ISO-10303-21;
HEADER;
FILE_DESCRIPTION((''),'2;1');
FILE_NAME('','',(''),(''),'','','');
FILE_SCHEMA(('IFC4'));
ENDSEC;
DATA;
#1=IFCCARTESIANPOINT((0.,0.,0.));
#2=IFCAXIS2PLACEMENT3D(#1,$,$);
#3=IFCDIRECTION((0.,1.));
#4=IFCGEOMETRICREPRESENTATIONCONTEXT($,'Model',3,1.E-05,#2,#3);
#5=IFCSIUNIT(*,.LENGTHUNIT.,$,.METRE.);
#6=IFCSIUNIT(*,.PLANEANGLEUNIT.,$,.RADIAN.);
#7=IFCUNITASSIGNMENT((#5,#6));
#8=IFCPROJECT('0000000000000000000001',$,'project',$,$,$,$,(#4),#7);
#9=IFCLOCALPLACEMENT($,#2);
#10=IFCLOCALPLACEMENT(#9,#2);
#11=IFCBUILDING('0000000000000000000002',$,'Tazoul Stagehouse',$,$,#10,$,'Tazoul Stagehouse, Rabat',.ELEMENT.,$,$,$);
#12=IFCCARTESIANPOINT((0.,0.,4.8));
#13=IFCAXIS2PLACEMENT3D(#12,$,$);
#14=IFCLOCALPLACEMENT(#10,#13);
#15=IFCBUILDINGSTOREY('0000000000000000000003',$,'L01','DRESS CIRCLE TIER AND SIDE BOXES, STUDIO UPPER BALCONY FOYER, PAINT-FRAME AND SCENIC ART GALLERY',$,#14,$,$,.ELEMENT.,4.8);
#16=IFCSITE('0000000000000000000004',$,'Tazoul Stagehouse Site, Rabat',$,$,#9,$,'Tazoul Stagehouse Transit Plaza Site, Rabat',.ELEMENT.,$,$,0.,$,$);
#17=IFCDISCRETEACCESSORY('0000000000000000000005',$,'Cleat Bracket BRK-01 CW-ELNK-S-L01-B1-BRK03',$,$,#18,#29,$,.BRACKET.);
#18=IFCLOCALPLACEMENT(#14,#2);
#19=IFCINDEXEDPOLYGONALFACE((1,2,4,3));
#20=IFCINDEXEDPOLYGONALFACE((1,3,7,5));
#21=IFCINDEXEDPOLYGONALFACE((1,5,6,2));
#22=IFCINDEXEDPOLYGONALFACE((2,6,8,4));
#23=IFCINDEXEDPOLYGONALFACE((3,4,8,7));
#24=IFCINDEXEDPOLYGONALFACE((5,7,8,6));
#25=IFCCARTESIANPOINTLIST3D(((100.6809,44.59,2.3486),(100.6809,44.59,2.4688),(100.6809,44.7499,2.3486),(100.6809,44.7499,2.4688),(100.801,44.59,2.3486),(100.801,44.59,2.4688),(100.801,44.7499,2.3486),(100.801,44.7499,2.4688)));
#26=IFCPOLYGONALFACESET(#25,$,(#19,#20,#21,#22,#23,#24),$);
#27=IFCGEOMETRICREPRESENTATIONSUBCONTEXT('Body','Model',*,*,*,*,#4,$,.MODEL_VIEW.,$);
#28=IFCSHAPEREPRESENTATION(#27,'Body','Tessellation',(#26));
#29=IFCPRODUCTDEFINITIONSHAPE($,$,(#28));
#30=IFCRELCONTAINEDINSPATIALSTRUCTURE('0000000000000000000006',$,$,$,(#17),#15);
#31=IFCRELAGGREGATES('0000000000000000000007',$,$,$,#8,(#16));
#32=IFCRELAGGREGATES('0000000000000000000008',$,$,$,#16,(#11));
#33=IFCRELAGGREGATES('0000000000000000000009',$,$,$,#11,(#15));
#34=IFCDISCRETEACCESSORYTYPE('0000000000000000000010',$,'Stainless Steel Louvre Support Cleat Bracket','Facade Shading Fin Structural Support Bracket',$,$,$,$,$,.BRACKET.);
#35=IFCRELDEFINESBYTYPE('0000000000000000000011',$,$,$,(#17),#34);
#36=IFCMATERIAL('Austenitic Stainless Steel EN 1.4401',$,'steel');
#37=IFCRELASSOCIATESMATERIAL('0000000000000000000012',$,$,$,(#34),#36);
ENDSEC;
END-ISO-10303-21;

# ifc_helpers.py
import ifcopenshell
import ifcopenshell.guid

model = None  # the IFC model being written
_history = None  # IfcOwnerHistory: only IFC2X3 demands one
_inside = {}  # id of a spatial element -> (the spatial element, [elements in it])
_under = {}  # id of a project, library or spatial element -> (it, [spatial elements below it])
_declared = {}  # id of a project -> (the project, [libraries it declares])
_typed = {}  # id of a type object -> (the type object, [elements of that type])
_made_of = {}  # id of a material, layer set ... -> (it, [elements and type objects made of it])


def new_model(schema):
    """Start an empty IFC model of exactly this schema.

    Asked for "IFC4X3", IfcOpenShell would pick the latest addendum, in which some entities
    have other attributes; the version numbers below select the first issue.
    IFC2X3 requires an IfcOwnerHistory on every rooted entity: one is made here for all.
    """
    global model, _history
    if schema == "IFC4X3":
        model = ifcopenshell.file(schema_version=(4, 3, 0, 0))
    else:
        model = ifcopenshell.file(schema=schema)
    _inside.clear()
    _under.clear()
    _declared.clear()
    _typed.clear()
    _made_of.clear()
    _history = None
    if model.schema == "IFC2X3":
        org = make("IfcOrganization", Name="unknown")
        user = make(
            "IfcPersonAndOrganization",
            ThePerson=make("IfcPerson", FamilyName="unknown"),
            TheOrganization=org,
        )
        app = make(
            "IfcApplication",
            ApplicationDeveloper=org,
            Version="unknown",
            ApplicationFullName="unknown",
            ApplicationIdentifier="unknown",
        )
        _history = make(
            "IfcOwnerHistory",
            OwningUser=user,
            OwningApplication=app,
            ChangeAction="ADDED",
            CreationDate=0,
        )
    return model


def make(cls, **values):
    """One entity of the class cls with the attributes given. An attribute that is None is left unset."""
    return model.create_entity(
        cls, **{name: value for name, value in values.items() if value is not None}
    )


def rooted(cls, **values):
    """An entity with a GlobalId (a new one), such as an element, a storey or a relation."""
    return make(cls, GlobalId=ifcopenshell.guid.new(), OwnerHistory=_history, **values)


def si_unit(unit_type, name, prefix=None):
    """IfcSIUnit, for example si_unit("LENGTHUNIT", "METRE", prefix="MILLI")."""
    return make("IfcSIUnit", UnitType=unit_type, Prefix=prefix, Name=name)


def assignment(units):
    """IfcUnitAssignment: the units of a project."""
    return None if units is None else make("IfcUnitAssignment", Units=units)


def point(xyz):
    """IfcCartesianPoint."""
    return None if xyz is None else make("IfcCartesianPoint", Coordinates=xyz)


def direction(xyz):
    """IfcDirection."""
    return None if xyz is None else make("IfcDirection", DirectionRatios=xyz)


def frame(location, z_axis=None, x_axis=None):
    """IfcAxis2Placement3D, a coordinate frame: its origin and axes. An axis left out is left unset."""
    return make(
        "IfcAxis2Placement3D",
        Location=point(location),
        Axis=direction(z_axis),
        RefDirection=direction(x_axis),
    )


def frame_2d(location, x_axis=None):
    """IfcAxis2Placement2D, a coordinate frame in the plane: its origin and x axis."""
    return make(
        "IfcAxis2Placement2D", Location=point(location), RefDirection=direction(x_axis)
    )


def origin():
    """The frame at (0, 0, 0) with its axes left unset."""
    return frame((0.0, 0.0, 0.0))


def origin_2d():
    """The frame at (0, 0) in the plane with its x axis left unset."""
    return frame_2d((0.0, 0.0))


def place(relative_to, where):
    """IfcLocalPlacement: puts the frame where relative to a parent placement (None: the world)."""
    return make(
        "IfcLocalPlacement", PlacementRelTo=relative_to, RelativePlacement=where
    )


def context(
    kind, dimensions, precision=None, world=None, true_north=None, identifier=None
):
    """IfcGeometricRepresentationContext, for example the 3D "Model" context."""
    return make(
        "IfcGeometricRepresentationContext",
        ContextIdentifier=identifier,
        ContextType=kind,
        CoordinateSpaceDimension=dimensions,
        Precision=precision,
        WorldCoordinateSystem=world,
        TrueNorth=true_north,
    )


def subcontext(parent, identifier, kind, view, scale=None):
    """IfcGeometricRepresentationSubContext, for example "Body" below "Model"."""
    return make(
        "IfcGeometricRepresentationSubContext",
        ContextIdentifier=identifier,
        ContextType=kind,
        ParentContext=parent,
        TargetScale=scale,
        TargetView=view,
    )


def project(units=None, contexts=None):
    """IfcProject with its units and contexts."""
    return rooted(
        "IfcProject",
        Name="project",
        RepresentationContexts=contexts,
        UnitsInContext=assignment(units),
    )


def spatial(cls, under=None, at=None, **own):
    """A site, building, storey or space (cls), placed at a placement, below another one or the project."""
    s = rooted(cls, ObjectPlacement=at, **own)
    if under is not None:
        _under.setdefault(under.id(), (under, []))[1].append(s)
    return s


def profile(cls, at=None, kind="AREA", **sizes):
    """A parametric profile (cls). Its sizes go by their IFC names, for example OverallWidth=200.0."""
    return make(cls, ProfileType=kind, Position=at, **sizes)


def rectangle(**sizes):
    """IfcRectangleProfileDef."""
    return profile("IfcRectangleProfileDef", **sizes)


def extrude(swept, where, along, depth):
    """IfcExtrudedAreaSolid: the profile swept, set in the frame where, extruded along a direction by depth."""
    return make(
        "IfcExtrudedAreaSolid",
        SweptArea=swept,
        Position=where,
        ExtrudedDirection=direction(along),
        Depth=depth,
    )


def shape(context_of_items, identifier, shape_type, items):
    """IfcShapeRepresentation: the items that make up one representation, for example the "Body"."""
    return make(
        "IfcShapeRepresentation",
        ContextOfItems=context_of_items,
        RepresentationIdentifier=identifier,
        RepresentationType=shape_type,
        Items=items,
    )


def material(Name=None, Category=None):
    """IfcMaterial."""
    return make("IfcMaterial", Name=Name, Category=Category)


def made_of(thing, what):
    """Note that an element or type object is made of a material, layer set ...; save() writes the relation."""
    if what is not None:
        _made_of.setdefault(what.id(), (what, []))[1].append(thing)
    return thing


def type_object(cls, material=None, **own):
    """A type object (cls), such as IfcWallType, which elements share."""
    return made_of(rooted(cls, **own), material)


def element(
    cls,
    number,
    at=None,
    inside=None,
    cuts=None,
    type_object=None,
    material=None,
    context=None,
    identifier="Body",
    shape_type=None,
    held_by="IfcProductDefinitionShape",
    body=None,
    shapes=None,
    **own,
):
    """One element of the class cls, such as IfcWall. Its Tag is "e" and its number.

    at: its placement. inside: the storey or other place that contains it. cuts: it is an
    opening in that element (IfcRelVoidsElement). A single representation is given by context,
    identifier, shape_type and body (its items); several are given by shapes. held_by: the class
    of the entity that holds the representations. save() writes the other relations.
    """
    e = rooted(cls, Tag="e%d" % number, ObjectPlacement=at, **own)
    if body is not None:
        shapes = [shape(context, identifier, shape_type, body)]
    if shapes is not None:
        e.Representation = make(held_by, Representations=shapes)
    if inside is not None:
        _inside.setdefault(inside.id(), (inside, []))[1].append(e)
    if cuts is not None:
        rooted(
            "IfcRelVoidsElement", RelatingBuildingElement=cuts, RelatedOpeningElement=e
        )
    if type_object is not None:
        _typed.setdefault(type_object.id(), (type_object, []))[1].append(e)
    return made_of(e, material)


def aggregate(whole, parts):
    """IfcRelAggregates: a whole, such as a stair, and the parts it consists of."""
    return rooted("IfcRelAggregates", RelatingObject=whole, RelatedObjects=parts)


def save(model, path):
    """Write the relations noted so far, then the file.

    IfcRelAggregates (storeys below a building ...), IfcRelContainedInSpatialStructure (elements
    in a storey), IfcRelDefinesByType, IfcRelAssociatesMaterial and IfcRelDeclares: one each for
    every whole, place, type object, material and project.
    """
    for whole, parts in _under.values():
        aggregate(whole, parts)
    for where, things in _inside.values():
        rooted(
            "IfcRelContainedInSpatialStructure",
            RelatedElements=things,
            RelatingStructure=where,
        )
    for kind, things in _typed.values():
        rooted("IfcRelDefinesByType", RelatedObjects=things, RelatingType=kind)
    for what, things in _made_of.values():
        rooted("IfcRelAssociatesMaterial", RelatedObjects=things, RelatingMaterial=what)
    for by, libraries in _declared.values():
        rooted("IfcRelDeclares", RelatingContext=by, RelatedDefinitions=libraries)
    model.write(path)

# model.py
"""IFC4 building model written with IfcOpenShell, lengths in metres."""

from ifc_helpers import new_model, si_unit, direction, frame, origin, origin_2d, place, context, subcontext, project, spatial, rectangle, extrude, material, type_object, element, save


model = new_model("IFC4")

# Units and contexts
model_context = context("Model", 3, precision=1e-05, world=origin(), true_north=direction((0.0, 1.0)))
body_context = subcontext(model_context, "Body", "Model", "MODEL_VIEW")
ifc_project = project(units=[si_unit("LENGTHUNIT", "METRE"), si_unit("PLANEANGLEUNIT", "RADIAN")], contexts=[model_context])

# Site, building, storey
site_placement = place(None, origin())
site = spatial("IfcSite", under=ifc_project, at=site_placement, Name="Tazoul Stagehouse Site, Rabat", LongName="Tazoul Stagehouse Transit Plaza Site, Rabat", CompositionType="ELEMENT", RefElevation=0.0)
building_placement = place(site_placement, origin())
building = spatial("IfcBuilding", under=site, at=building_placement, Name="Tazoul Stagehouse", LongName="Tazoul Stagehouse, Rabat", CompositionType="ELEMENT")
storey_placement = place(building_placement, frame((0.0, 0.0, 4.8)))
storey = spatial("IfcBuildingStorey", under=building, at=storey_placement, Name="L01", Description="DRESS CIRCLE TIER AND SIDE BOXES, STUDIO UPPER BALCONY FOYER, PAINT-FRAME AND SCENIC ART GALLERY", CompositionType="ELEMENT", Elevation=4.8)

# Discrete accessory
ifc_material_1 = material(Name="Austenitic Stainless Steel EN 1.4401", Category="steel")
discrete_accessory_type = type_object("IfcDiscreteAccessoryType", Name="Stainless Steel Louvre Support Cleat Bracket", Description="Facade Shading Fin Structural Support Bracket", PredefinedType="BRACKET", material=ifc_material_1)
for number, where, z_axis, x_axis, name in (
    (1, (100.741, 44.6699, 2.3486), (0.0, 0.0, 1.0), (1.0, 0.0, 0.0), "Cleat Bracket BRK-01 CW-ELNK-S-L01-B1-BRK03"),
):
    element("IfcDiscreteAccessory", number, at=place(storey_placement, frame(where, z_axis=z_axis, x_axis=x_axis)), inside=storey, type_object=discrete_accessory_type, Name=name, PredefinedType="BRACKET", context=body_context, shape_type="SweptSolid", body=[
        extrude(rectangle(XDim=0.1201, YDim=0.1599, at=origin_2d()), origin(), (0.0, 0.0, 1.0), 0.1201),
    ])

save(model, "model.ifc")
